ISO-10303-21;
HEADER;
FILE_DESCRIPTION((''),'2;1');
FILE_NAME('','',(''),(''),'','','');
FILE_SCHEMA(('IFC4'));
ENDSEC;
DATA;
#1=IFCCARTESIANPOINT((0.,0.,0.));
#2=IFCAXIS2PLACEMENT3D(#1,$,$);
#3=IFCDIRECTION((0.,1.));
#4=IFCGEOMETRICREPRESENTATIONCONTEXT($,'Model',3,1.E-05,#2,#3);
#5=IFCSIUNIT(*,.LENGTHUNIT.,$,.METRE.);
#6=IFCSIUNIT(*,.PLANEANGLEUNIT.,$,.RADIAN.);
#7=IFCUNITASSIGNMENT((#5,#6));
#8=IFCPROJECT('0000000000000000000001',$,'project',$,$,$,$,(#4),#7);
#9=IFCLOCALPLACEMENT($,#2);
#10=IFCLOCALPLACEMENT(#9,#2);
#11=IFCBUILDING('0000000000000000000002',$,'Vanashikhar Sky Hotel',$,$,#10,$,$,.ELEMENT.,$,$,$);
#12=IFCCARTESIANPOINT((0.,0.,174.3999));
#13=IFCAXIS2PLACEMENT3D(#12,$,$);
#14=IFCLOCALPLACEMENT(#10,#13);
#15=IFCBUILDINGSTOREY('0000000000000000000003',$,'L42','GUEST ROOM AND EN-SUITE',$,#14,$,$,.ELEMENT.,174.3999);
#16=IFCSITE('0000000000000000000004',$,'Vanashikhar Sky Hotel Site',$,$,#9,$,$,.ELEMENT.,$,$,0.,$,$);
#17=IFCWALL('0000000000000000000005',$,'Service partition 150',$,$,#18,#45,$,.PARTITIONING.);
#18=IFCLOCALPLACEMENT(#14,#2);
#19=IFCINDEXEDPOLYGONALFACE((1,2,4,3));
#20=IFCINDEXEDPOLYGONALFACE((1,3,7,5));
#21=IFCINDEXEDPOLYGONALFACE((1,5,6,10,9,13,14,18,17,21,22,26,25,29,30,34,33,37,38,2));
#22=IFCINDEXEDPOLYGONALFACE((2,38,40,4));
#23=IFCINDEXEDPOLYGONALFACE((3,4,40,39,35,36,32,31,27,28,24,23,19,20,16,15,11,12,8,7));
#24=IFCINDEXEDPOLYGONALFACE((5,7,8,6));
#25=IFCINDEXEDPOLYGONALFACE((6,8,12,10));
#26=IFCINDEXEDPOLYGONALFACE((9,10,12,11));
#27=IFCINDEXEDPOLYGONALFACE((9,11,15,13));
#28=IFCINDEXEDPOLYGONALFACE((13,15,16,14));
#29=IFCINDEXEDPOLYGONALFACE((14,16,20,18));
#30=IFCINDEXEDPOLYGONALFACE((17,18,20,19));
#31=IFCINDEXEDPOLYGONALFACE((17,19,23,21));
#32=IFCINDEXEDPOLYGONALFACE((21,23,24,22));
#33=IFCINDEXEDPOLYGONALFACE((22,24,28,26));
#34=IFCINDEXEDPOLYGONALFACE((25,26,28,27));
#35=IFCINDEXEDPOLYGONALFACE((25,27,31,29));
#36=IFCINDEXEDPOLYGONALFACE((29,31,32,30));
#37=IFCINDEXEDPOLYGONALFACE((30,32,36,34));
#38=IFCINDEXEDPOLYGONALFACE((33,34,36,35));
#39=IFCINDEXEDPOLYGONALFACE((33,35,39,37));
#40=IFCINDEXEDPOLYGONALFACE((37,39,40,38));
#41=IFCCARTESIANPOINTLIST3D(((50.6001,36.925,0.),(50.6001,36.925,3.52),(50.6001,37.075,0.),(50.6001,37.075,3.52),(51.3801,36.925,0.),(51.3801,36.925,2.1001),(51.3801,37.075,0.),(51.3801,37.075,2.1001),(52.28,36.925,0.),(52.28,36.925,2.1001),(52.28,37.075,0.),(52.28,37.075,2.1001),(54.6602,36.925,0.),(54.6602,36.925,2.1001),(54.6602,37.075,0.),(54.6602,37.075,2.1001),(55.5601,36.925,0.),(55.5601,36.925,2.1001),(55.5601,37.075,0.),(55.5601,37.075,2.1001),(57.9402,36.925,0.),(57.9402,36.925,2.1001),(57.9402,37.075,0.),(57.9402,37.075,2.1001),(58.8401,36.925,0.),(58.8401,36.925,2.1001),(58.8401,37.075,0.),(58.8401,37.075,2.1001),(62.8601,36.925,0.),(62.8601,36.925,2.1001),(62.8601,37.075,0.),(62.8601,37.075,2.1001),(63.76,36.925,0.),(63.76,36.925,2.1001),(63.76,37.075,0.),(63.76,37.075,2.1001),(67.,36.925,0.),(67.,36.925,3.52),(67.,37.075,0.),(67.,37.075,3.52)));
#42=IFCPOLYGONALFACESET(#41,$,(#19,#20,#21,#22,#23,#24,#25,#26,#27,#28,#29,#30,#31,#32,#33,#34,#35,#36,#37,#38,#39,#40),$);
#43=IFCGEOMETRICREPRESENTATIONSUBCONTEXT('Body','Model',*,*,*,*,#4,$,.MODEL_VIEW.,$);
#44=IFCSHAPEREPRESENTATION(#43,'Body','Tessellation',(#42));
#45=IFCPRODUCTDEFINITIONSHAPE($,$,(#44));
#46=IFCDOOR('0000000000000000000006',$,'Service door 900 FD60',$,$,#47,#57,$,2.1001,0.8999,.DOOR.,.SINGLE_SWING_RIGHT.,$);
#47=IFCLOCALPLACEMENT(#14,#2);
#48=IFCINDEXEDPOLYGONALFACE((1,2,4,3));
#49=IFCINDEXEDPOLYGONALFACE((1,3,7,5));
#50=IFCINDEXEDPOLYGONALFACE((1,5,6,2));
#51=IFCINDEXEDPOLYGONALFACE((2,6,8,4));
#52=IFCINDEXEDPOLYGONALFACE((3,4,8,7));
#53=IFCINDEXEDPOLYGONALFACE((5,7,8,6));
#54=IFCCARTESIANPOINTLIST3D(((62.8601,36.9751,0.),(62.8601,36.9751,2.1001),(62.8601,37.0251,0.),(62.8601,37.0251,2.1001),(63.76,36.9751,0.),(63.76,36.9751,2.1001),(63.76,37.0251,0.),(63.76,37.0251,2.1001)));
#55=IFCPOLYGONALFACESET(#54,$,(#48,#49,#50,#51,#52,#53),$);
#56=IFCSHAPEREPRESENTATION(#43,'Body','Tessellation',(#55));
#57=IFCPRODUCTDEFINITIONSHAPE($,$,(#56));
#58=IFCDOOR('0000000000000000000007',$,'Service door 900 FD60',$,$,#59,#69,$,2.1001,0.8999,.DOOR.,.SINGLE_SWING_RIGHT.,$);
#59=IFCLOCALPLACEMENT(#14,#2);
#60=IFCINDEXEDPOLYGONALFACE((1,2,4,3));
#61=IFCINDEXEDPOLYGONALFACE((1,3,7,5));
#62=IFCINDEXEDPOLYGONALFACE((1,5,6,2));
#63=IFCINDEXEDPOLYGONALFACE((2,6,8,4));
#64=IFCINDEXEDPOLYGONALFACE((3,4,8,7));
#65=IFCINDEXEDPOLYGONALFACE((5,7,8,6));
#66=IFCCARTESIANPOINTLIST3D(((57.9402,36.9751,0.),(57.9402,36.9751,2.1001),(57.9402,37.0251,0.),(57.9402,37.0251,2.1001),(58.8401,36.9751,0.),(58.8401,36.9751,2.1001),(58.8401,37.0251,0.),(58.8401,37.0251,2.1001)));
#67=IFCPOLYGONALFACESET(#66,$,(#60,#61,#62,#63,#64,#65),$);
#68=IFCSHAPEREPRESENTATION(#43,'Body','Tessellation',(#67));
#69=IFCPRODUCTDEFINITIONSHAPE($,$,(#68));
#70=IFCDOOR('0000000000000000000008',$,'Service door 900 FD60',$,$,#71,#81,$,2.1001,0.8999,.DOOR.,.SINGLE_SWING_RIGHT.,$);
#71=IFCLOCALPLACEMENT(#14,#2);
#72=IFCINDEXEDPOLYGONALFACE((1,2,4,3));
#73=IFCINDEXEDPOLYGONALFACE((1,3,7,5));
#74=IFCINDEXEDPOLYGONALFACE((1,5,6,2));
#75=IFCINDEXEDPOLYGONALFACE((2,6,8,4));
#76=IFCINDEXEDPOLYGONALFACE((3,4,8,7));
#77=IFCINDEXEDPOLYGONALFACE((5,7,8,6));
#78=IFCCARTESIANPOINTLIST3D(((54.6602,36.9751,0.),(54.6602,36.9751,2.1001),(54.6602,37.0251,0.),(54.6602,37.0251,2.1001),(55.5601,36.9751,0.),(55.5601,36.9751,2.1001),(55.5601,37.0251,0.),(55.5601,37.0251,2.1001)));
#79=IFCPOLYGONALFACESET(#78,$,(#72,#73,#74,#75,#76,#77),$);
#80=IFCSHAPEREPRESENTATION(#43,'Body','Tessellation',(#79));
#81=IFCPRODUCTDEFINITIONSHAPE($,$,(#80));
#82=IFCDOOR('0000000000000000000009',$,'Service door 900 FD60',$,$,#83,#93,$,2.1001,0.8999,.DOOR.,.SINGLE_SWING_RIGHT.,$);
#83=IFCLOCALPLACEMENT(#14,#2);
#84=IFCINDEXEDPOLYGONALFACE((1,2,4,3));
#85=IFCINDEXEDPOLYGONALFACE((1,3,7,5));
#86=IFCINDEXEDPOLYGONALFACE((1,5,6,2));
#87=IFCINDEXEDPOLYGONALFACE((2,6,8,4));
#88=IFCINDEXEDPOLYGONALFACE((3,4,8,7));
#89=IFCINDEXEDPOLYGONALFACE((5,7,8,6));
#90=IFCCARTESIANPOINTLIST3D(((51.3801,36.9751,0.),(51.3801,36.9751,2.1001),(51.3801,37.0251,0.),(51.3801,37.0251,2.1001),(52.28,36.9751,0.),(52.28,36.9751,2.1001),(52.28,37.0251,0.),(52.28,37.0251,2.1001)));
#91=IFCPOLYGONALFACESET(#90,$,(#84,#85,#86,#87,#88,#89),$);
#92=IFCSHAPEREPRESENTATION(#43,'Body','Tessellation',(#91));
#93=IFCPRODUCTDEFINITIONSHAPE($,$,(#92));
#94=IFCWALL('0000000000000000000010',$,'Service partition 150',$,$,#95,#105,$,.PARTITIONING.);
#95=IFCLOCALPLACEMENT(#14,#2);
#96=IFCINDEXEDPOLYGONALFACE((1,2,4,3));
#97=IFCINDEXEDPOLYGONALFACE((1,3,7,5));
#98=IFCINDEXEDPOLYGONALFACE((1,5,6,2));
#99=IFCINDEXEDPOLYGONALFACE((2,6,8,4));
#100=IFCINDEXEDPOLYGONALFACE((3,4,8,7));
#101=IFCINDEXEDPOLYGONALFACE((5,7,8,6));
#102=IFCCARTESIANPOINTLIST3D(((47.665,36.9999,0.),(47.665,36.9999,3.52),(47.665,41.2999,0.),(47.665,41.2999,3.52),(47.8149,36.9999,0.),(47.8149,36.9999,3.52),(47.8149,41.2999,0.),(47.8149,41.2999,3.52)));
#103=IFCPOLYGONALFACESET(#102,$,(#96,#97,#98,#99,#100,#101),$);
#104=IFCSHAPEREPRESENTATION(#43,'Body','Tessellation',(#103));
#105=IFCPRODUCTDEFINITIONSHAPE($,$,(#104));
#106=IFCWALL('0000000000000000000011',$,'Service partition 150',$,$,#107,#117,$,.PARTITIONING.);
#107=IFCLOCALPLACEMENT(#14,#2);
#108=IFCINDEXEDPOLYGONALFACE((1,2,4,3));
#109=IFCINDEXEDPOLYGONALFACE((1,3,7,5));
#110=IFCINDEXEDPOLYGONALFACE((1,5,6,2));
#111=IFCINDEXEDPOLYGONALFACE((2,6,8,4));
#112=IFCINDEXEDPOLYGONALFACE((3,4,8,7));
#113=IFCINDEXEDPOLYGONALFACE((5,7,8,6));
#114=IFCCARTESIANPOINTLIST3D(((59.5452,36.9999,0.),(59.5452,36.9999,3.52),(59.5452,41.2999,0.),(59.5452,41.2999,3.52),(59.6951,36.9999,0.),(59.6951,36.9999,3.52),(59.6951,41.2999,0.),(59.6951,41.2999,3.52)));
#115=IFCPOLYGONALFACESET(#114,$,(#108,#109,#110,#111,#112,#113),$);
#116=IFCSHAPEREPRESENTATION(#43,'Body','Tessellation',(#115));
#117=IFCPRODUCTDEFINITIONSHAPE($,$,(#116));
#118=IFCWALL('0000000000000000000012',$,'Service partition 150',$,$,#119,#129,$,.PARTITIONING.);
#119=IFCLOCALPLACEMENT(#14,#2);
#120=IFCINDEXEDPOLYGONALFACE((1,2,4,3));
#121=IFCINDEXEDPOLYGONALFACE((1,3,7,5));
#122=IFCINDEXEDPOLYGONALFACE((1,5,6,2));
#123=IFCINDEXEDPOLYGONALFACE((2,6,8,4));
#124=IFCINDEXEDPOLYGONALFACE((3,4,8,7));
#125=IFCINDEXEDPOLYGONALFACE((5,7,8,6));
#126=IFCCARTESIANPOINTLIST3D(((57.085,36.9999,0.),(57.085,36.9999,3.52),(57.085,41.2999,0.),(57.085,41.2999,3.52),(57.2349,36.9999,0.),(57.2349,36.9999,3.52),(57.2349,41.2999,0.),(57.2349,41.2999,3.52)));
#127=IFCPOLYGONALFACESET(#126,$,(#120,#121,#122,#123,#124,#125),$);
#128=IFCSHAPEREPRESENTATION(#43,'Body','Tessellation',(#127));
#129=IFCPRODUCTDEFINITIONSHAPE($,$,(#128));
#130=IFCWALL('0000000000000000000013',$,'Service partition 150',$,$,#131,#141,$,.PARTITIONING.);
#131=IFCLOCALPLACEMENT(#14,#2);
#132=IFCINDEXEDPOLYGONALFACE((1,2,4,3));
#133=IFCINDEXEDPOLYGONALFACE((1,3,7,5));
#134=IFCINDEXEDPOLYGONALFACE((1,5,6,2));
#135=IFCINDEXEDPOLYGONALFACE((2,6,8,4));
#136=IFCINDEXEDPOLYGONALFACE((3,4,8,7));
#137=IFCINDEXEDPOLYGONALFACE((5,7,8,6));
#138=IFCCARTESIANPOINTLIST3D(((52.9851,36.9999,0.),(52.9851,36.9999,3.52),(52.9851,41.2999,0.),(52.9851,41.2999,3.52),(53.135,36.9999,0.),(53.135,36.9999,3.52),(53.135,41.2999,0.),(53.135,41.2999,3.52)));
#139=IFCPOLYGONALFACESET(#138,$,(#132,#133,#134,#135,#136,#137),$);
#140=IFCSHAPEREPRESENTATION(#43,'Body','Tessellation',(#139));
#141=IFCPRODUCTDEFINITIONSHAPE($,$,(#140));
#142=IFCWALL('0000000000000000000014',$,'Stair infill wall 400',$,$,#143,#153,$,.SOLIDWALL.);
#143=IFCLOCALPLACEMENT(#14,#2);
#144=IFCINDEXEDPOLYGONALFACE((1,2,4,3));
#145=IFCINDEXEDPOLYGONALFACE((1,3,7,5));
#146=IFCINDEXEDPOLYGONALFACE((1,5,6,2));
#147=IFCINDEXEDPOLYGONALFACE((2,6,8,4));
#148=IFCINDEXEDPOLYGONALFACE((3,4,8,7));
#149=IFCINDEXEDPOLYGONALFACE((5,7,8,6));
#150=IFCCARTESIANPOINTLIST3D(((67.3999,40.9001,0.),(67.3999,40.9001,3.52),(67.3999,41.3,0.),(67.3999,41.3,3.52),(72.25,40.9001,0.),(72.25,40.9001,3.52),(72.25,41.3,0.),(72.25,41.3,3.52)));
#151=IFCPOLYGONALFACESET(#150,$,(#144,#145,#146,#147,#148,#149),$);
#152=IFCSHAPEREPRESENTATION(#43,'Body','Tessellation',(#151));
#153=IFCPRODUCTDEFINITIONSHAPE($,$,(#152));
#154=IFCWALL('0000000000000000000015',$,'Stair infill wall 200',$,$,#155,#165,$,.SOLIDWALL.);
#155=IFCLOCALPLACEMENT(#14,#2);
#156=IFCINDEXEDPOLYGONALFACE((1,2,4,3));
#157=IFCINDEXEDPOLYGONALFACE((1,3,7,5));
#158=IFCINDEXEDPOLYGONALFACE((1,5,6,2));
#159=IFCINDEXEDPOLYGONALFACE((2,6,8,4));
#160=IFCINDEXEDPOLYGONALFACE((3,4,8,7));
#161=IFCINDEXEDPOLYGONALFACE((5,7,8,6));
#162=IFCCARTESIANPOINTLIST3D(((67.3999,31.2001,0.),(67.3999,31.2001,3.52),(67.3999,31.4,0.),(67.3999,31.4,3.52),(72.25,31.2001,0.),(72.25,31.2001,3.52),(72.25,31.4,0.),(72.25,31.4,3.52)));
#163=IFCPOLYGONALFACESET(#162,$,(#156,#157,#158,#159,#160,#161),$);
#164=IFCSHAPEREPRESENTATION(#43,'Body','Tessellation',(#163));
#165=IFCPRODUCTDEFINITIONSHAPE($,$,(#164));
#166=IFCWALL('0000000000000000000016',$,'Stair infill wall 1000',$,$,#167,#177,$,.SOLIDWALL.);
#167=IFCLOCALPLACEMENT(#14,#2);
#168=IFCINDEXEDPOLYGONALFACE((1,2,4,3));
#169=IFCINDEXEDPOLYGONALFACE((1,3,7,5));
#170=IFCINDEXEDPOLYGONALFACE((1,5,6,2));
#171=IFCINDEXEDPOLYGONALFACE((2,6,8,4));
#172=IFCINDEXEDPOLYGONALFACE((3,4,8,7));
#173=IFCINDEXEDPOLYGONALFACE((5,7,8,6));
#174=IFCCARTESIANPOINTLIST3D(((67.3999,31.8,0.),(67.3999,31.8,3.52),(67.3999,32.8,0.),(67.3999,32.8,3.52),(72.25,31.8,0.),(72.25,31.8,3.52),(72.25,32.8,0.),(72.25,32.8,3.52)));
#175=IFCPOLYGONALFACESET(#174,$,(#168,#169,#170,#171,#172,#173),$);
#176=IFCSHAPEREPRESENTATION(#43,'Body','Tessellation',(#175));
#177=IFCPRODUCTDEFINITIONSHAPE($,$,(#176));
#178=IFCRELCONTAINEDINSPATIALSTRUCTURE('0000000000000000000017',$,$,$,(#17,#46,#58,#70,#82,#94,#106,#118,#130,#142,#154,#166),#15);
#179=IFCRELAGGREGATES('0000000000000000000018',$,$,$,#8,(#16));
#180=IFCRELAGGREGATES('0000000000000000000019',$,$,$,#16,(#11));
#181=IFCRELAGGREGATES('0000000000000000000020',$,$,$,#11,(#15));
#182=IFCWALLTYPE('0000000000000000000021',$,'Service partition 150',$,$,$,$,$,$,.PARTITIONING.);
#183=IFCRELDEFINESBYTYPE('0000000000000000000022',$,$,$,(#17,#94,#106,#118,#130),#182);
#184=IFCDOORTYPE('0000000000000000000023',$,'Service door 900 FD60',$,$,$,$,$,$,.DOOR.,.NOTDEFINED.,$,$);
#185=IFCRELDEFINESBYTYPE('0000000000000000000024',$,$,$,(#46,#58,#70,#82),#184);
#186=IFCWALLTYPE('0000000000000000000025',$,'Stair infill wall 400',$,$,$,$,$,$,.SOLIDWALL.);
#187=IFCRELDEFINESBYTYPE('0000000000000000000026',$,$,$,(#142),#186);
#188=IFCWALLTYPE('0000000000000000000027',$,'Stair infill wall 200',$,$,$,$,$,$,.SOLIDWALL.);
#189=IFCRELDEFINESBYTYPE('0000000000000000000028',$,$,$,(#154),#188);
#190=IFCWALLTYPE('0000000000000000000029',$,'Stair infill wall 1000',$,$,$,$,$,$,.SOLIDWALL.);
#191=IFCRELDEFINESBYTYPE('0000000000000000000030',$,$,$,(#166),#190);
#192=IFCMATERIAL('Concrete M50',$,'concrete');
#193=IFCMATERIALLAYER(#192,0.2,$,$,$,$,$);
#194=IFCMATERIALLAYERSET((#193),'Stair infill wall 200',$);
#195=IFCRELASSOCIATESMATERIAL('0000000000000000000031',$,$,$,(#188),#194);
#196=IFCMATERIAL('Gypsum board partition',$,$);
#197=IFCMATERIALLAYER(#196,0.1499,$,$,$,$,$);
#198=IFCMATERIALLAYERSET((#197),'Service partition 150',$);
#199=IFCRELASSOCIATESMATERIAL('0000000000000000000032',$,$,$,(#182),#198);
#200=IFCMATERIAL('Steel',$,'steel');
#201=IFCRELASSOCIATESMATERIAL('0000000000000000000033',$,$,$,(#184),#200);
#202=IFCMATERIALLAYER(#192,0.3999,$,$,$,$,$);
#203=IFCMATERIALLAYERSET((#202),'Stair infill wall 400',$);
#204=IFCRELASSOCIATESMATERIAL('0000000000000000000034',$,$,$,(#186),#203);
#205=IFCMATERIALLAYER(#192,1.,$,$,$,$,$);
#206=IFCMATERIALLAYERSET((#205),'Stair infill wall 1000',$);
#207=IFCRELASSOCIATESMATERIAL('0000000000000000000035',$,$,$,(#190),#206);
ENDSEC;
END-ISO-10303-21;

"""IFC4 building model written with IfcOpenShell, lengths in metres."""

from ifc_helpers import new_model, si_unit, direction, frame, frame_2d, origin, place, context, subcontext, project, spatial, rectangle, extrude, source, transform, mapped, material, layer, layer_set, type_object, element, fill, save


model = new_model("IFC4")

# Units and contexts
model_context = context("Model", 3, precision=1e-05, world=origin(), true_north=direction((0.0, 1.0)))
body_context = subcontext(model_context, "Body", "Model", "MODEL_VIEW")
ifc_project = project(units=[si_unit("LENGTHUNIT", "METRE"), si_unit("PLANEANGLEUNIT", "RADIAN")], contexts=[model_context])

# Site, building, storey
site_placement = place(None, origin())
site = spatial("IfcSite", under=ifc_project, at=site_placement, Name="Vanashikhar Sky Hotel Site", CompositionType="ELEMENT", RefElevation=0.0)
building_placement = place(site_placement, origin())
building = spatial("IfcBuilding", under=site, at=building_placement, Name="Vanashikhar Sky Hotel", CompositionType="ELEMENT")
storey_placement = place(building_placement, frame((0.0, 0.0, 174.3999)))
storey = spatial("IfcBuildingStorey", under=building, at=storey_placement, Name="L42", Description="GUEST ROOM AND EN-SUITE", CompositionType="ELEMENT", Elevation=174.3999)

# Shared definitions
ifc_material_1 = material(Name="Steel", Category="steel")

# Shared definitions
ifc_material_2 = material(Name="Concrete M50", Category="concrete")
ifc_layer_1 = layer(ifc_material_2, 0.2)
ifc_layer_set_1 = layer_set([ifc_layer_1], Name="Stair infill wall 200")
wall_type_1 = type_object("IfcWallType", Name="Stair infill wall 200", PredefinedType="SOLIDWALL", material=ifc_layer_set_1)
ifc_material_3 = material(Name="Gypsum board partition")
ifc_layer_2 = layer(ifc_material_3, 0.1499)
ifc_layer_set_2 = layer_set([ifc_layer_2], Name="Service partition 150")
wall_type_2 = type_object("IfcWallType", Name="Service partition 150", PredefinedType="PARTITIONING", material=ifc_layer_set_2)

# Shared definitions
shared_shape_1 = source(origin(), body_context, "Body", "SweptSolid", [
    extrude(rectangle(XDim=0.8999, YDim=2.1001, at=frame_2d((0.45, 1.05))), frame((0.0, 0.085, 0.0), z_axis=(0.0, -1.0, 0.0), x_axis=(1.0, 0.0, 0.0)), (0.0, 0.0, 1.0), 0.1699),
])
door_type_1 = type_object("IfcDoorType", Name="Service door 900 FD60", OperationType="NOTDEFINED", PredefinedType="DOOR", material=ifc_material_1)
shared_shape_2 = source(origin(), body_context, "Body", "SweptSolid", [
    extrude(rectangle(XDim=0.8999, YDim=2.1001, at=frame_2d((0.45, 1.05))), frame((0.0, 0.0249, 0.0), z_axis=(0.0, -1.0, 0.0), x_axis=(1.0, 0.0, 0.0)), (0.0, 0.0, 1.0), 0.05),
])

# Wall, openings, doors
shared_shape_3 = source(origin(), body_context, "Body", "SweptSolid", [
    extrude(rectangle(XDim=16.3999, YDim=0.1499, at=frame_2d((8.2, 0.0))), origin(), (0.0, 0.0, 1.0), 3.52),
])
wall_1_placement = place(storey_placement, frame((67.0, 37.0, 0.0), z_axis=(0.0, 0.0, 1.0), x_axis=(-1.0, 0.0, 0.0)))
wall_1 = element("IfcWall", 1, at=wall_1_placement, inside=storey, type_object=wall_type_2, Name="Service partition 150", PredefinedType="PARTITIONING", context=body_context, shape_type="MappedRepresentation", body=[
    mapped(shared_shape_3, transform((0.0, 0.0, 0.0), scale=1.0)),
])
opening_1_placement = place(wall_1_placement, frame((3.24, 0.0, 0.0)))
opening_1 = element("IfcOpeningElement", 2, at=opening_1_placement, cuts=wall_1, PredefinedType="OPENING", context=body_context, shape_type="MappedRepresentation", body=[
    mapped(shared_shape_1, transform((0.0, 0.0, 0.0), scale=1.0)),
])
opening_2_placement = place(wall_1_placement, frame((8.1599, 0.0, 0.0)))
opening_2 = element("IfcOpeningElement", 3, at=opening_2_placement, cuts=wall_1, PredefinedType="OPENING", context=body_context, shape_type="MappedRepresentation", body=[
    mapped(shared_shape_1, transform((0.0, 0.0, 0.0), scale=1.0)),
])
opening_3_placement = place(wall_1_placement, frame((11.4399, 0.0, 0.0)))
opening_3 = element("IfcOpeningElement", 4, at=opening_3_placement, cuts=wall_1, PredefinedType="OPENING", context=body_context, shape_type="MappedRepresentation", body=[
    mapped(shared_shape_1, transform((0.0, 0.0, 0.0), scale=1.0)),
])
opening_4_placement = place(wall_1_placement, frame((14.72, 0.0, 0.0)))
opening_4 = element("IfcOpeningElement", 5, at=opening_4_placement, cuts=wall_1, PredefinedType="OPENING", context=body_context, shape_type="MappedRepresentation", body=[
    mapped(shared_shape_1, transform((0.0, 0.0, 0.0), scale=1.0)),
])
door_1_placement = place(opening_1_placement, origin())
door_1 = element("IfcDoor", 6, at=door_1_placement, inside=storey, type_object=door_type_1, Name="Service door 900 FD60", OperationType="SINGLE_SWING_RIGHT", OverallHeight=2.1001, OverallWidth=0.8999, PredefinedType="DOOR", context=body_context, shape_type="MappedRepresentation", body=[
    mapped(shared_shape_2, transform((0.0, 0.0, 0.0), scale=1.0)),
])
fill(opening_1, door_1)
door_2_placement = place(opening_2_placement, origin())
door_2 = element("IfcDoor", 7, at=door_2_placement, inside=storey, type_object=door_type_1, Name="Service door 900 FD60", OperationType="SINGLE_SWING_RIGHT", OverallHeight=2.1001, OverallWidth=0.8999, PredefinedType="DOOR", context=body_context, shape_type="MappedRepresentation", body=[
    mapped(shared_shape_2, transform((0.0, 0.0, 0.0), scale=1.0)),
])
fill(opening_2, door_2)
door_3_placement = place(opening_3_placement, origin())
door_3 = element("IfcDoor", 8, at=door_3_placement, inside=storey, type_object=door_type_1, Name="Service door 900 FD60", OperationType="SINGLE_SWING_RIGHT", OverallHeight=2.1001, OverallWidth=0.8999, PredefinedType="DOOR", context=body_context, shape_type="MappedRepresentation", body=[
    mapped(shared_shape_2, transform((0.0, 0.0, 0.0), scale=1.0)),
])
fill(opening_3, door_3)
door_4_placement = place(opening_4_placement, origin())
door_4 = element("IfcDoor", 9, at=door_4_placement, inside=storey, type_object=door_type_1, Name="Service door 900 FD60", OperationType="SINGLE_SWING_RIGHT", OverallHeight=2.1001, OverallWidth=0.8999, PredefinedType="DOOR", context=body_context, shape_type="MappedRepresentation", body=[
    mapped(shared_shape_2, transform((0.0, 0.0, 0.0), scale=1.0)),
])
fill(opening_4, door_4)

# Walls
shared_shape_4 = source(origin(), body_context, "Body", "SweptSolid", [
    extrude(rectangle(XDim=4.3, YDim=0.1499, at=frame_2d((2.1499, 0.0))), origin(), (0.0, 0.0, 1.0), 3.52),
])
for number, where, z_axis, x_axis, name in (
    (10, (47.74, 37.0, 0.0), (0.0, 0.0, 1.0), (0.0, 1.0, 0.0), "Service partition 150"),
    (11, (59.6201, 37.0, 0.0), (0.0, 0.0, 1.0), (0.0, 1.0, 0.0), "Service partition 150"),
    (12, (57.1599, 37.0, 0.0), (0.0, 0.0, 1.0), (0.0, 1.0, 0.0), "Service partition 150"),
    (13, (53.0601, 37.0, 0.0), (0.0, 0.0, 1.0), (0.0, 1.0, 0.0), "Service partition 150"),
):
    element("IfcWall", number, at=place(storey_placement, frame(where, z_axis=z_axis, x_axis=x_axis)), inside=storey, type_object=wall_type_2, Name=name, PredefinedType="PARTITIONING", context=body_context, shape_type="MappedRepresentation", body=[
        mapped(shared_shape_4, transform((0.0, 0.0, 0.0), scale=1.0)),
    ])
ifc_layer_3 = layer(ifc_material_2, 0.3999)
ifc_layer_set_3 = layer_set([ifc_layer_3], Name="Stair infill wall 400")
wall_type_3 = type_object("IfcWallType", Name="Stair infill wall 400", PredefinedType="SOLIDWALL", material=ifc_layer_set_3)
shared_shape_5 = source(origin(), body_context, "Body", "SweptSolid", [
    extrude(rectangle(XDim=4.8501, YDim=0.3999, at=frame_2d((2.425, 0.0))), origin(), (0.0, 0.0, 1.0), 3.52),
])
wall_2_placement = place(storey_placement, frame((67.3999, 41.1001, 0.0), z_axis=(0.0, 0.0, 1.0), x_axis=(1.0, 0.0, 0.0)))
element("IfcWall", 14, at=wall_2_placement, inside=storey, type_object=wall_type_3, Name="Stair infill wall 400", PredefinedType="SOLIDWALL", context=body_context, shape_type="MappedRepresentation", body=[
    mapped(shared_shape_5, transform((0.0, 0.0, 0.0), scale=1.0)),
])
shared_shape_6 = source(origin(), body_context, "Body", "SweptSolid", [
    extrude(rectangle(XDim=4.8501, YDim=0.2, at=frame_2d((2.425, 0.0))), origin(), (0.0, 0.0, 1.0), 3.52),
])
wall_3_placement = place(storey_placement, frame((67.3999, 31.3, 0.0), z_axis=(0.0, 0.0, 1.0), x_axis=(1.0, 0.0, 0.0)))
element("IfcWall", 15, at=wall_3_placement, inside=storey, type_object=wall_type_1, Name="Stair infill wall 200", PredefinedType="SOLIDWALL", context=body_context, shape_type="MappedRepresentation", body=[
    mapped(shared_shape_6, transform((0.0, 0.0, 0.0), scale=1.0)),
])
ifc_layer_4 = layer(ifc_material_2, 1.0)
ifc_layer_set_4 = layer_set([ifc_layer_4], Name="Stair infill wall 1000")
wall_type_4 = type_object("IfcWallType", Name="Stair infill wall 1000", PredefinedType="SOLIDWALL", material=ifc_layer_set_4)
shared_shape_7 = source(origin(), body_context, "Body", "SweptSolid", [
    extrude(rectangle(XDim=4.8501, YDim=1.0, at=frame_2d((2.425, 0.0))), origin(), (0.0, 0.0, 1.0), 3.52),
])
wall_4_placement = place(storey_placement, frame((67.3999, 32.3, 0.0), z_axis=(0.0, 0.0, 1.0), x_axis=(1.0, 0.0, 0.0)))
element("IfcWall", 16, at=wall_4_placement, inside=storey, type_object=wall_type_4, Name="Stair infill wall 1000", PredefinedType="SOLIDWALL", context=body_context, shape_type="MappedRepresentation", body=[
    mapped(shared_shape_7, transform((0.0, 0.0, 0.0), scale=1.0)),
])

save(model, "model.ifc")
